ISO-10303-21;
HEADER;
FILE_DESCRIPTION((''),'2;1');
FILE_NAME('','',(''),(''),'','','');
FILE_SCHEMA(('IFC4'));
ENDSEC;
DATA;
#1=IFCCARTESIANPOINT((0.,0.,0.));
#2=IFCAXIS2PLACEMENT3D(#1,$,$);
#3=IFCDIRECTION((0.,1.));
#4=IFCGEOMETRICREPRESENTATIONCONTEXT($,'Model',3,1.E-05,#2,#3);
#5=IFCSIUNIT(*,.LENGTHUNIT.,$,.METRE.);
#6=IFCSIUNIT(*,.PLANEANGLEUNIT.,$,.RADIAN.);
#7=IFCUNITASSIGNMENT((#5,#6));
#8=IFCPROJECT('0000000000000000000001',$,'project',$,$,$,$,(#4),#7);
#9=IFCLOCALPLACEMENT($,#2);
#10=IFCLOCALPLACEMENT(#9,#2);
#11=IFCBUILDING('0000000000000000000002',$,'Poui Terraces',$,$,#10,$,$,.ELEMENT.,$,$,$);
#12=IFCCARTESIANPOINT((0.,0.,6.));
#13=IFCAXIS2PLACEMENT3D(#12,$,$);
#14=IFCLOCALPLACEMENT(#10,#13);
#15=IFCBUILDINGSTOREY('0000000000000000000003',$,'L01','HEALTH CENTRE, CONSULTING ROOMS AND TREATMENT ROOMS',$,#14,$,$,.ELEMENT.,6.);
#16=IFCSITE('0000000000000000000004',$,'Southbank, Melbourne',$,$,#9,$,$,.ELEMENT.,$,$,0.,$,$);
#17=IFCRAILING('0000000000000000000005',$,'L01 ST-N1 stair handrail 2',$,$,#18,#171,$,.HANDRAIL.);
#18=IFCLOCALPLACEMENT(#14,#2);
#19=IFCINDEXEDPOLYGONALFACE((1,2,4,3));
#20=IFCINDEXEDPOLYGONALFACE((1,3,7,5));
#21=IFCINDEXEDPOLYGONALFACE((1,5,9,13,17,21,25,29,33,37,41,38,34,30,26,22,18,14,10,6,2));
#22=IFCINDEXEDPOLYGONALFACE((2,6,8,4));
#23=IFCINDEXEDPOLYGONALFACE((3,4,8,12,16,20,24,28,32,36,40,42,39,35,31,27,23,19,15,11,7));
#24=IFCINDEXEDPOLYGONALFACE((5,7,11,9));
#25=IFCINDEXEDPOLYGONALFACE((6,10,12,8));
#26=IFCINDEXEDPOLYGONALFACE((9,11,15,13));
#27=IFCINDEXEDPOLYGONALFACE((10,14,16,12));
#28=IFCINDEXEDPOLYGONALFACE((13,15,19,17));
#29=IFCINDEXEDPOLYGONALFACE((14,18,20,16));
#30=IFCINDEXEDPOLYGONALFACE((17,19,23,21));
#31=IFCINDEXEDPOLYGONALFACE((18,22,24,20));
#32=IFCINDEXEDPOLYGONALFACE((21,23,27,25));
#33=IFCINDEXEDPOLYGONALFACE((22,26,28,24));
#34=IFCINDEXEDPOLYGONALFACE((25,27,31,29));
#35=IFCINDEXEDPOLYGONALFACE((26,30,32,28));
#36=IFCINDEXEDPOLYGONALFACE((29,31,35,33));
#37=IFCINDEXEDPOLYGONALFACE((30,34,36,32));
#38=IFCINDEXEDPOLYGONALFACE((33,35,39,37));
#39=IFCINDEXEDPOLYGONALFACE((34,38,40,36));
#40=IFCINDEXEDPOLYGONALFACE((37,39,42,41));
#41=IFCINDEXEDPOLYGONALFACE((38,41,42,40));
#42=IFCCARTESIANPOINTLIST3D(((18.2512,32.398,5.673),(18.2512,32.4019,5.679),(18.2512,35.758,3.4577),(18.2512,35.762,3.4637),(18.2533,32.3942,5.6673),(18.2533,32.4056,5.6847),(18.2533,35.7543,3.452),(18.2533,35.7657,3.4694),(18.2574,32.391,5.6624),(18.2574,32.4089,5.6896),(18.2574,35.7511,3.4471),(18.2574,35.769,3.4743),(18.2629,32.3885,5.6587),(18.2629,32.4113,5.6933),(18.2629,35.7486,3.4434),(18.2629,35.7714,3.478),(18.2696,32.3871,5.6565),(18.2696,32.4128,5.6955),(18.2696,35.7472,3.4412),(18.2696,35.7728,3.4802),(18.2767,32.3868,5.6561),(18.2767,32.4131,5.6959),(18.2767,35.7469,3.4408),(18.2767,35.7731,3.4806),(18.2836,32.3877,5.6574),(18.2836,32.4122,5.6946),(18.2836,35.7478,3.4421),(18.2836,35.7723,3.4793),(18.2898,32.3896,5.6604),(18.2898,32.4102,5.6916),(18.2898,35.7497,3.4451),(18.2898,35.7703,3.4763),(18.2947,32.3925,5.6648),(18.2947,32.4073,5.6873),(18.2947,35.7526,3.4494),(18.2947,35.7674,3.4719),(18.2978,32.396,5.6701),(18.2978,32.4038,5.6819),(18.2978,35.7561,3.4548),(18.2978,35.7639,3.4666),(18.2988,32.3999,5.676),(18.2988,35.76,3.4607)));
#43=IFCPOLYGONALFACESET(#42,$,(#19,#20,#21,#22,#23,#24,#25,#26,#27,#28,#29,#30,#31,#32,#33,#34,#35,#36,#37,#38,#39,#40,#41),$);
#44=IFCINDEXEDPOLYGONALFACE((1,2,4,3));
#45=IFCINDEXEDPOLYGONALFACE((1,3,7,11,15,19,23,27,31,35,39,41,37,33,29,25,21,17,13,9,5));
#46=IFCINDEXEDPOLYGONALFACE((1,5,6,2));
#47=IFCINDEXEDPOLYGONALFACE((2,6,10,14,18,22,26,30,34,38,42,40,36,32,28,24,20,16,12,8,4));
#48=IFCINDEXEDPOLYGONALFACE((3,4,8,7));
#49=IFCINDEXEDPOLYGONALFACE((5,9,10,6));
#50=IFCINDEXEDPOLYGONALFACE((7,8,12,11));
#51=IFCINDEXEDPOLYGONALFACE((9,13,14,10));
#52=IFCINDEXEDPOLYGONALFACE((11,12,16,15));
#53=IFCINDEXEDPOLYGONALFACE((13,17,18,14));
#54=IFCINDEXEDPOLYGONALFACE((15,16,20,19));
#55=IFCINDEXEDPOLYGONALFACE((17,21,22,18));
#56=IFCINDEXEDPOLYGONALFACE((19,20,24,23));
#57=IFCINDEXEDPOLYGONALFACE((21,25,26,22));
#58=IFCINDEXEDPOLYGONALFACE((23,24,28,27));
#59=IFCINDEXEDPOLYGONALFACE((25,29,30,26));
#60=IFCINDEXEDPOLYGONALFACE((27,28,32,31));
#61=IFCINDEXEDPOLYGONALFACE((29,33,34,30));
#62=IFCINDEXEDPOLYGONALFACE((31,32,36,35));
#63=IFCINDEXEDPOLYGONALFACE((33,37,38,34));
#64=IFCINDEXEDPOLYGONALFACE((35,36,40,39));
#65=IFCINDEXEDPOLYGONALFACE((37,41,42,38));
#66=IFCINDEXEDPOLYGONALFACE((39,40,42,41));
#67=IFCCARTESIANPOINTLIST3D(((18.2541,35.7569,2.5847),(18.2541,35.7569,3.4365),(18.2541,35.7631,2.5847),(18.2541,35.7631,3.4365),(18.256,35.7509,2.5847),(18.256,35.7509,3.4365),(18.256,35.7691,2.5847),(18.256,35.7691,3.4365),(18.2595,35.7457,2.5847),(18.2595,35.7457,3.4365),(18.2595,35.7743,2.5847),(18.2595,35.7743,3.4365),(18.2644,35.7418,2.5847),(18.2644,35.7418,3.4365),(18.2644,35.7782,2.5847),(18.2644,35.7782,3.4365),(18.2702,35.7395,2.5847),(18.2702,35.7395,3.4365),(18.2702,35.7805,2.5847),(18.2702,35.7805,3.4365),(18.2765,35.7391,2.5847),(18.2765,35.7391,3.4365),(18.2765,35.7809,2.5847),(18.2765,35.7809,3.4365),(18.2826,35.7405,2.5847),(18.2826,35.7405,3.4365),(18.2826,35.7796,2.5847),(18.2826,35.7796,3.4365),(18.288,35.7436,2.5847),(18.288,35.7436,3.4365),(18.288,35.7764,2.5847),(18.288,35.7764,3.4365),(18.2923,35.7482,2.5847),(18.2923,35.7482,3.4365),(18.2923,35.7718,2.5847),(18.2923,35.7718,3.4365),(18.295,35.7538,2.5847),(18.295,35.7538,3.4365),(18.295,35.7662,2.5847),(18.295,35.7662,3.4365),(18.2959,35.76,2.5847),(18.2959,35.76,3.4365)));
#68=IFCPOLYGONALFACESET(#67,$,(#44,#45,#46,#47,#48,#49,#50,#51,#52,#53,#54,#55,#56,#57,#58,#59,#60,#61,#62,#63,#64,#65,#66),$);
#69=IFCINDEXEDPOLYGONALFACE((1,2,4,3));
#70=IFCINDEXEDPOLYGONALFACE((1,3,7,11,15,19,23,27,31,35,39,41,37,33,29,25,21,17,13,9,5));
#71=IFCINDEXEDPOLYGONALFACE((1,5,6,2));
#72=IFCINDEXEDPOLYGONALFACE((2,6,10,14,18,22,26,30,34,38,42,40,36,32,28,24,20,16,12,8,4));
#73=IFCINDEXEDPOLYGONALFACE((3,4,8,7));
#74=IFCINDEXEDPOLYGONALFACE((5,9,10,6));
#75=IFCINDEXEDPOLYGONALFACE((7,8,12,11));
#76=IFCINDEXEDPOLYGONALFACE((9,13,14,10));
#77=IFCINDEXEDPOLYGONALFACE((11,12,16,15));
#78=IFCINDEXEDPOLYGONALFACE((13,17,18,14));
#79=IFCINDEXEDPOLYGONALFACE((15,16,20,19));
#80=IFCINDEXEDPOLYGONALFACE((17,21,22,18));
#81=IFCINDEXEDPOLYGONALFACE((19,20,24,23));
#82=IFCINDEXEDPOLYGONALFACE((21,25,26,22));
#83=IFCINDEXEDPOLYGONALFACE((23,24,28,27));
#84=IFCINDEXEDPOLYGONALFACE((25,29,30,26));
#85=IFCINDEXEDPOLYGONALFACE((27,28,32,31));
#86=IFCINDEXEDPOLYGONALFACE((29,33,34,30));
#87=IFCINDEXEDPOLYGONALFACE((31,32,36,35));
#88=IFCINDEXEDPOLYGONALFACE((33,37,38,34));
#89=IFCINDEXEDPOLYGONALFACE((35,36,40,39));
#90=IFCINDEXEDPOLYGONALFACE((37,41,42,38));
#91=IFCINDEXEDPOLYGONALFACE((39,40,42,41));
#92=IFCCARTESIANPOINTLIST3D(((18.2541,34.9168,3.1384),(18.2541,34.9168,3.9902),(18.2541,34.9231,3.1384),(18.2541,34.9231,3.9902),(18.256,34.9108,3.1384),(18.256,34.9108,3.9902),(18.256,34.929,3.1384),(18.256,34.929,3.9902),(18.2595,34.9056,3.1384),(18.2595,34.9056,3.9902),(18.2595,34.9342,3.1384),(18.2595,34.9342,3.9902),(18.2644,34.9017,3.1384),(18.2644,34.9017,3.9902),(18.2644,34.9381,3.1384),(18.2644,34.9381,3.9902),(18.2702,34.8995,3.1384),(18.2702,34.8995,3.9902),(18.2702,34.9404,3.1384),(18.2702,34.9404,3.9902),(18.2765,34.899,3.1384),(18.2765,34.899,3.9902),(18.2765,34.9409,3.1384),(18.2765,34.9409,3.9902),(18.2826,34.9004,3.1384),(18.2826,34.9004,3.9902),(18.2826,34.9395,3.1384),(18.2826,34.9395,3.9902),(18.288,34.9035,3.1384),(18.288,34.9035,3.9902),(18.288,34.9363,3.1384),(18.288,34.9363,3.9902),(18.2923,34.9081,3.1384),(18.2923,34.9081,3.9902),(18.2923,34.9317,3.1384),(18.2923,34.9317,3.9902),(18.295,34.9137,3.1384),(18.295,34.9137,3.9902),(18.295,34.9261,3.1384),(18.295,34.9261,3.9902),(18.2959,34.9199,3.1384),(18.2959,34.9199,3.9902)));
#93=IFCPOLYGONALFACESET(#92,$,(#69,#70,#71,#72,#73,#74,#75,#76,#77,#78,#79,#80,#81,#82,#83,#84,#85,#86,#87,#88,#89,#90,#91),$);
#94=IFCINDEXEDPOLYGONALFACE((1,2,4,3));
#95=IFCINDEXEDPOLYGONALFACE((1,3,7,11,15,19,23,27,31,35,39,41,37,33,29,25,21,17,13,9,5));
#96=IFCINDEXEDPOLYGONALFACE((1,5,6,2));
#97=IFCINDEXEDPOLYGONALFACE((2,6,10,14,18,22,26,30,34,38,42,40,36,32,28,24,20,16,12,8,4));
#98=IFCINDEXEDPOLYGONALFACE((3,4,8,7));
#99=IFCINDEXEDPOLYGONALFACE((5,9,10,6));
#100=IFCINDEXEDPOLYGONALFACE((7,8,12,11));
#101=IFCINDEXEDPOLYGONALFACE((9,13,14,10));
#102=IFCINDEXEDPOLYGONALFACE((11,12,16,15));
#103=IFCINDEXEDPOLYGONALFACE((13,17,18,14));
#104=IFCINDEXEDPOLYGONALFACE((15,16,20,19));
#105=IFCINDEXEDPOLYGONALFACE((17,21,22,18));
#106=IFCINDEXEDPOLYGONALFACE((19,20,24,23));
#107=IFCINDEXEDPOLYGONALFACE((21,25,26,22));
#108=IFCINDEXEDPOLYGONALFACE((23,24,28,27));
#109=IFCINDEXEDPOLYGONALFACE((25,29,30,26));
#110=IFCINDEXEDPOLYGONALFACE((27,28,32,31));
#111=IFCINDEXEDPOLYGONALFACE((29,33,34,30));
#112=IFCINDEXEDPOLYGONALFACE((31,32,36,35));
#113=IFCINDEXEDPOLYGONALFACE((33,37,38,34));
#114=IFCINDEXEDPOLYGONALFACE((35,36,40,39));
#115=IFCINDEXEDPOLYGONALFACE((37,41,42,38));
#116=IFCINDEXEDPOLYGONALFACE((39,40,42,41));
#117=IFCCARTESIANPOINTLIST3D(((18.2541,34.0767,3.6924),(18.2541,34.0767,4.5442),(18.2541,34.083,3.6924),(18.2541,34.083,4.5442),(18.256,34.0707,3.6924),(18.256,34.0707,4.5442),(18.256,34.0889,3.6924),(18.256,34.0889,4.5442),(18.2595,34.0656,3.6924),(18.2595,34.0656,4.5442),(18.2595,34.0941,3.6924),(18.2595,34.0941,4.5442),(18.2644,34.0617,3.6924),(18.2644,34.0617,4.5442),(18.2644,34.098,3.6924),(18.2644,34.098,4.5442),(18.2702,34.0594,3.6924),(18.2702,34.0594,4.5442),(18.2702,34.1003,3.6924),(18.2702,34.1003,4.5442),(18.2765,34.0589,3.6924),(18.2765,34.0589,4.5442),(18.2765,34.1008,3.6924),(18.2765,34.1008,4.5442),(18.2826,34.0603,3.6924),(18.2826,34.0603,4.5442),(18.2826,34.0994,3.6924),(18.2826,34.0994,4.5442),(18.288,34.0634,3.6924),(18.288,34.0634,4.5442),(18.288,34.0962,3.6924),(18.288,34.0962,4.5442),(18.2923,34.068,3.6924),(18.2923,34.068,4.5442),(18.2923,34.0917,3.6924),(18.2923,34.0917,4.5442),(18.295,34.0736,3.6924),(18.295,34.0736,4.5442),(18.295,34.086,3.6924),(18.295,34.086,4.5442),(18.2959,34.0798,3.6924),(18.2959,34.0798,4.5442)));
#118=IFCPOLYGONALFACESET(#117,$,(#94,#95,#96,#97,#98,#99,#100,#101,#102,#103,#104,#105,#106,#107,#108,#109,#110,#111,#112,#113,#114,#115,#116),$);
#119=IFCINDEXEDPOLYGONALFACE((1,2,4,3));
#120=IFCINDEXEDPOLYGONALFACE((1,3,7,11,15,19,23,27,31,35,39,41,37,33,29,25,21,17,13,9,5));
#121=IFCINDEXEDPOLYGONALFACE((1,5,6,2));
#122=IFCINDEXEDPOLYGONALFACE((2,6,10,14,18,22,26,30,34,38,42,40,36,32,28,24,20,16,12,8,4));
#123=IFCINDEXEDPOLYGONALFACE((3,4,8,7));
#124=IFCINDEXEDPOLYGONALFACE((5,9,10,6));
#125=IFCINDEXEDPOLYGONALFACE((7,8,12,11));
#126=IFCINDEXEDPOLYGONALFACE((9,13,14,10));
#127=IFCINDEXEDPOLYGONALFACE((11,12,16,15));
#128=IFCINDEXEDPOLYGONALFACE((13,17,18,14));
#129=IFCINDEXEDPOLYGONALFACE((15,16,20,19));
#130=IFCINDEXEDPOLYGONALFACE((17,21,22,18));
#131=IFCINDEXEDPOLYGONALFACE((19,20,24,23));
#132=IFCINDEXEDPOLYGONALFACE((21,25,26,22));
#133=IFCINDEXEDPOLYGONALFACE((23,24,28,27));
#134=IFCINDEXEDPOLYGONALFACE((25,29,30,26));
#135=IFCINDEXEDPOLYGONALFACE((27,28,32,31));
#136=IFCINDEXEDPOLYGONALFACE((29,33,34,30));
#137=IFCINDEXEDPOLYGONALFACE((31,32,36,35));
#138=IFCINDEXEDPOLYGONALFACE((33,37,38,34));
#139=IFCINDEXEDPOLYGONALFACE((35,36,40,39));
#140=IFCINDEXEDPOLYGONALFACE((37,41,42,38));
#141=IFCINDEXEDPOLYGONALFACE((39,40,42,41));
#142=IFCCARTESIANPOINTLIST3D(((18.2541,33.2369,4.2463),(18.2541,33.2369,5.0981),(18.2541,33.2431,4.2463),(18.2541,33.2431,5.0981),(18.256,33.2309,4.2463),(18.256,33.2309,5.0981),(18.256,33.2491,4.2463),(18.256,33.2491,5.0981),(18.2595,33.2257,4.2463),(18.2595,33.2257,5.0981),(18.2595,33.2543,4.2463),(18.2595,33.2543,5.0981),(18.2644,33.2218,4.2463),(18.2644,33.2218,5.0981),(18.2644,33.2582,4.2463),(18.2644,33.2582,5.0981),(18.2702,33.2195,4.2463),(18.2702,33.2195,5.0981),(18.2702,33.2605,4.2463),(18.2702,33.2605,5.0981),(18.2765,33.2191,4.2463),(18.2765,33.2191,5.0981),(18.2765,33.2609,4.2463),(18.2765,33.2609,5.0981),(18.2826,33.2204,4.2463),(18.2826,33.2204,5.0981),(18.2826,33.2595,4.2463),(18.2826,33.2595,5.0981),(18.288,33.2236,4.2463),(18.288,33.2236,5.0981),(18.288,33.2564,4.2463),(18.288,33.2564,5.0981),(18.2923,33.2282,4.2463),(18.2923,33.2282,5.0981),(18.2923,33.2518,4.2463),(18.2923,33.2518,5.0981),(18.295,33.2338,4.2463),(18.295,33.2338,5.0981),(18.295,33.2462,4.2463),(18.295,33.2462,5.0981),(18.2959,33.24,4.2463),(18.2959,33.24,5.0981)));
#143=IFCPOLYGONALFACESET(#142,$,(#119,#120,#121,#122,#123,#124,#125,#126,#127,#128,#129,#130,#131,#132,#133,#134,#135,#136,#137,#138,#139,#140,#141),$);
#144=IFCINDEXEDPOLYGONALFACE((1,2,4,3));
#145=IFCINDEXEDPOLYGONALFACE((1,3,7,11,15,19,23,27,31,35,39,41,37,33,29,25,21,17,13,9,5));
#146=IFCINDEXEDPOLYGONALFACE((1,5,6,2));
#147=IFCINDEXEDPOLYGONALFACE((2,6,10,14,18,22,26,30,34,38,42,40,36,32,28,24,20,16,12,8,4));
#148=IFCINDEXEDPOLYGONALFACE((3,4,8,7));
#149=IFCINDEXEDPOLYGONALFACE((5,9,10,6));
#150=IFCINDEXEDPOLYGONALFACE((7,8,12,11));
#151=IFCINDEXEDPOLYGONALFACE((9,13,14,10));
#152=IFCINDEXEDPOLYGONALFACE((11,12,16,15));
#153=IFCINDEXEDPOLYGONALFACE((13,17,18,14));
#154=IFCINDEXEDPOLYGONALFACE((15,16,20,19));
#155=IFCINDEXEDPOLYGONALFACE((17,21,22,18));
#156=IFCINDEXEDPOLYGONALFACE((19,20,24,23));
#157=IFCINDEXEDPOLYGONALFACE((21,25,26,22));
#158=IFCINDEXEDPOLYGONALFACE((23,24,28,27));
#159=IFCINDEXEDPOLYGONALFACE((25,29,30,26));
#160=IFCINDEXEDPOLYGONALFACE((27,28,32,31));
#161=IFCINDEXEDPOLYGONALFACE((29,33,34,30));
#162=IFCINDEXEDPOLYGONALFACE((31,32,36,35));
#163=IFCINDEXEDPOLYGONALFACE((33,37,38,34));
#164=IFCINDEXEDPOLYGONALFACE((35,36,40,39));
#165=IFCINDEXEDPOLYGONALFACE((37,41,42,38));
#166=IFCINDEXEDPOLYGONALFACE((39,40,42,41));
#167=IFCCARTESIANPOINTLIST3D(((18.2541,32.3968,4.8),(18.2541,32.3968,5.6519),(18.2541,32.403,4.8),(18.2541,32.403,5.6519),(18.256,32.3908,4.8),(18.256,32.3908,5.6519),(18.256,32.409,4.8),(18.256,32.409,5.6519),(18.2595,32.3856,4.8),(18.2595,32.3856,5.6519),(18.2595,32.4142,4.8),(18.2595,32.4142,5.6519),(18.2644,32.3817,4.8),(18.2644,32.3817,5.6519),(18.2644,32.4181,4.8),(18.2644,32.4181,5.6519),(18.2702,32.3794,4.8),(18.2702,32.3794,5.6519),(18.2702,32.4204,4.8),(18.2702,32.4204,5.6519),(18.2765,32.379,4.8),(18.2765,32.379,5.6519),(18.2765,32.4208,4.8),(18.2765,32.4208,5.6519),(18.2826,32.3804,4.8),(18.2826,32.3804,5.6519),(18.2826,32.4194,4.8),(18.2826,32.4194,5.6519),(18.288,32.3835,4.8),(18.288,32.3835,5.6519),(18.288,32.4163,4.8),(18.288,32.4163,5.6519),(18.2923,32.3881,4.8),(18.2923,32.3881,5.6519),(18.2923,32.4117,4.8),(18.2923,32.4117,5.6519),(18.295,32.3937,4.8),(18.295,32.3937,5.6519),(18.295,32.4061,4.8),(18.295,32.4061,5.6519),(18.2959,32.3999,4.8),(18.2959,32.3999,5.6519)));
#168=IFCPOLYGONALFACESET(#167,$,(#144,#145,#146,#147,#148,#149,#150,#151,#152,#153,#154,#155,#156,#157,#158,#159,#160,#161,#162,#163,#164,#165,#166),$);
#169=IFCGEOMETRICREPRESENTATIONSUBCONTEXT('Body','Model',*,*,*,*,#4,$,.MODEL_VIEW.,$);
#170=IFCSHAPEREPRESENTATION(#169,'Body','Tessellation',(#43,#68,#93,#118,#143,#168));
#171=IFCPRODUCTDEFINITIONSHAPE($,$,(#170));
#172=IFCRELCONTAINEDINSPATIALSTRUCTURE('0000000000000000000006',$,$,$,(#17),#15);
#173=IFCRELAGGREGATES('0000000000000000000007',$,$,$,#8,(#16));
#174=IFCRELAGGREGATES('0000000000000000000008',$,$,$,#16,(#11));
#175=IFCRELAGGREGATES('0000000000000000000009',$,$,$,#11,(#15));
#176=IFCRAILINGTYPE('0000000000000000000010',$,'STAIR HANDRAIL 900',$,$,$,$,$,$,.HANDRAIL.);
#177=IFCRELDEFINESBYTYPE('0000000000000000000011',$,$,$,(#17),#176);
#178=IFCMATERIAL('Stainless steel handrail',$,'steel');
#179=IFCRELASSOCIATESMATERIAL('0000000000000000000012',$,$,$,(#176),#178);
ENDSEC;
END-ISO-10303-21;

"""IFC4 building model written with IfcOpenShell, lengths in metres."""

from ifc_helpers import new_model, si_unit, direction, frame, origin, origin_2d, place, context, subcontext, project, spatial, circle, extrude, material, type_object, element, save


model = new_model("IFC4")

# Units and contexts
model_context = context("Model", 3, precision=1e-05, world=origin(), true_north=direction((0.0, 1.0)))
body_context = subcontext(model_context, "Body", "Model", "MODEL_VIEW")
ifc_project = project(units=[si_unit("LENGTHUNIT", "METRE"), si_unit("PLANEANGLEUNIT", "RADIAN")], contexts=[model_context])

# Site, building, storey
site_placement = place(None, origin())
site = spatial("IfcSite", under=ifc_project, at=site_placement, Name="Southbank, Melbourne", CompositionType="ELEMENT", RefElevation=0.0)
building_placement = place(site_placement, origin())
building = spatial("IfcBuilding", under=site, at=building_placement, Name="Poui Terraces", CompositionType="ELEMENT")
storey_placement = place(building_placement, frame((0.0, 0.0, 6.0)))
storey = spatial("IfcBuildingStorey", under=building, at=storey_placement, Name="L01", Description="HEALTH CENTRE, CONSULTING ROOMS AND TREATMENT ROOMS", CompositionType="ELEMENT", Elevation=6.0)

# Railing
ifc_material_1 = material(Name="Stainless steel handrail", Category="steel")
railing_type_1 = type_object("IfcRailingType", Name="STAIR HANDRAIL 900", PredefinedType="HANDRAIL", material=ifc_material_1)
railing_1_placement = place(storey_placement, frame((18.2749, 35.76, 2.5847)))
element("IfcRailing", 1, at=railing_1_placement, inside=storey, type_object=railing_type_1, Name="L01 ST-N1 stair handrail 2", PredefinedType="HANDRAIL", context=body_context, shape_type="SweptSolid", body=[
    extrude(circle(Radius=0.0239, at=origin_2d()), frame((0.0, 0.0, 0.876), z_axis=(0.0, -0.834876, 0.550437), x_axis=(1.0, 0.0, 0.0)), (0.0, 0.0, 1.0), 4.0247),
    extrude(circle(Radius=0.021, at=origin_2d()), origin(), (0.0, 0.0, 1.0), 0.8518),
    extrude(circle(Radius=0.021, at=origin_2d()), frame((0.0, -0.8401, 0.5537)), (0.0, 0.0, 1.0), 0.8518),
    extrude(circle(Radius=0.021, at=origin_2d()), frame((0.0, -1.6802, 1.1077)), (0.0, 0.0, 1.0), 0.8518),
    extrude(circle(Radius=0.021, at=origin_2d()), frame((0.0, -2.52, 1.6616)), (0.0, 0.0, 1.0), 0.8518),
    extrude(circle(Radius=0.021, at=origin_2d()), frame((0.0, -3.3601, 2.2153)), (0.0, 0.0, 1.0), 0.8518),
])

save(model, "model.ifc")
